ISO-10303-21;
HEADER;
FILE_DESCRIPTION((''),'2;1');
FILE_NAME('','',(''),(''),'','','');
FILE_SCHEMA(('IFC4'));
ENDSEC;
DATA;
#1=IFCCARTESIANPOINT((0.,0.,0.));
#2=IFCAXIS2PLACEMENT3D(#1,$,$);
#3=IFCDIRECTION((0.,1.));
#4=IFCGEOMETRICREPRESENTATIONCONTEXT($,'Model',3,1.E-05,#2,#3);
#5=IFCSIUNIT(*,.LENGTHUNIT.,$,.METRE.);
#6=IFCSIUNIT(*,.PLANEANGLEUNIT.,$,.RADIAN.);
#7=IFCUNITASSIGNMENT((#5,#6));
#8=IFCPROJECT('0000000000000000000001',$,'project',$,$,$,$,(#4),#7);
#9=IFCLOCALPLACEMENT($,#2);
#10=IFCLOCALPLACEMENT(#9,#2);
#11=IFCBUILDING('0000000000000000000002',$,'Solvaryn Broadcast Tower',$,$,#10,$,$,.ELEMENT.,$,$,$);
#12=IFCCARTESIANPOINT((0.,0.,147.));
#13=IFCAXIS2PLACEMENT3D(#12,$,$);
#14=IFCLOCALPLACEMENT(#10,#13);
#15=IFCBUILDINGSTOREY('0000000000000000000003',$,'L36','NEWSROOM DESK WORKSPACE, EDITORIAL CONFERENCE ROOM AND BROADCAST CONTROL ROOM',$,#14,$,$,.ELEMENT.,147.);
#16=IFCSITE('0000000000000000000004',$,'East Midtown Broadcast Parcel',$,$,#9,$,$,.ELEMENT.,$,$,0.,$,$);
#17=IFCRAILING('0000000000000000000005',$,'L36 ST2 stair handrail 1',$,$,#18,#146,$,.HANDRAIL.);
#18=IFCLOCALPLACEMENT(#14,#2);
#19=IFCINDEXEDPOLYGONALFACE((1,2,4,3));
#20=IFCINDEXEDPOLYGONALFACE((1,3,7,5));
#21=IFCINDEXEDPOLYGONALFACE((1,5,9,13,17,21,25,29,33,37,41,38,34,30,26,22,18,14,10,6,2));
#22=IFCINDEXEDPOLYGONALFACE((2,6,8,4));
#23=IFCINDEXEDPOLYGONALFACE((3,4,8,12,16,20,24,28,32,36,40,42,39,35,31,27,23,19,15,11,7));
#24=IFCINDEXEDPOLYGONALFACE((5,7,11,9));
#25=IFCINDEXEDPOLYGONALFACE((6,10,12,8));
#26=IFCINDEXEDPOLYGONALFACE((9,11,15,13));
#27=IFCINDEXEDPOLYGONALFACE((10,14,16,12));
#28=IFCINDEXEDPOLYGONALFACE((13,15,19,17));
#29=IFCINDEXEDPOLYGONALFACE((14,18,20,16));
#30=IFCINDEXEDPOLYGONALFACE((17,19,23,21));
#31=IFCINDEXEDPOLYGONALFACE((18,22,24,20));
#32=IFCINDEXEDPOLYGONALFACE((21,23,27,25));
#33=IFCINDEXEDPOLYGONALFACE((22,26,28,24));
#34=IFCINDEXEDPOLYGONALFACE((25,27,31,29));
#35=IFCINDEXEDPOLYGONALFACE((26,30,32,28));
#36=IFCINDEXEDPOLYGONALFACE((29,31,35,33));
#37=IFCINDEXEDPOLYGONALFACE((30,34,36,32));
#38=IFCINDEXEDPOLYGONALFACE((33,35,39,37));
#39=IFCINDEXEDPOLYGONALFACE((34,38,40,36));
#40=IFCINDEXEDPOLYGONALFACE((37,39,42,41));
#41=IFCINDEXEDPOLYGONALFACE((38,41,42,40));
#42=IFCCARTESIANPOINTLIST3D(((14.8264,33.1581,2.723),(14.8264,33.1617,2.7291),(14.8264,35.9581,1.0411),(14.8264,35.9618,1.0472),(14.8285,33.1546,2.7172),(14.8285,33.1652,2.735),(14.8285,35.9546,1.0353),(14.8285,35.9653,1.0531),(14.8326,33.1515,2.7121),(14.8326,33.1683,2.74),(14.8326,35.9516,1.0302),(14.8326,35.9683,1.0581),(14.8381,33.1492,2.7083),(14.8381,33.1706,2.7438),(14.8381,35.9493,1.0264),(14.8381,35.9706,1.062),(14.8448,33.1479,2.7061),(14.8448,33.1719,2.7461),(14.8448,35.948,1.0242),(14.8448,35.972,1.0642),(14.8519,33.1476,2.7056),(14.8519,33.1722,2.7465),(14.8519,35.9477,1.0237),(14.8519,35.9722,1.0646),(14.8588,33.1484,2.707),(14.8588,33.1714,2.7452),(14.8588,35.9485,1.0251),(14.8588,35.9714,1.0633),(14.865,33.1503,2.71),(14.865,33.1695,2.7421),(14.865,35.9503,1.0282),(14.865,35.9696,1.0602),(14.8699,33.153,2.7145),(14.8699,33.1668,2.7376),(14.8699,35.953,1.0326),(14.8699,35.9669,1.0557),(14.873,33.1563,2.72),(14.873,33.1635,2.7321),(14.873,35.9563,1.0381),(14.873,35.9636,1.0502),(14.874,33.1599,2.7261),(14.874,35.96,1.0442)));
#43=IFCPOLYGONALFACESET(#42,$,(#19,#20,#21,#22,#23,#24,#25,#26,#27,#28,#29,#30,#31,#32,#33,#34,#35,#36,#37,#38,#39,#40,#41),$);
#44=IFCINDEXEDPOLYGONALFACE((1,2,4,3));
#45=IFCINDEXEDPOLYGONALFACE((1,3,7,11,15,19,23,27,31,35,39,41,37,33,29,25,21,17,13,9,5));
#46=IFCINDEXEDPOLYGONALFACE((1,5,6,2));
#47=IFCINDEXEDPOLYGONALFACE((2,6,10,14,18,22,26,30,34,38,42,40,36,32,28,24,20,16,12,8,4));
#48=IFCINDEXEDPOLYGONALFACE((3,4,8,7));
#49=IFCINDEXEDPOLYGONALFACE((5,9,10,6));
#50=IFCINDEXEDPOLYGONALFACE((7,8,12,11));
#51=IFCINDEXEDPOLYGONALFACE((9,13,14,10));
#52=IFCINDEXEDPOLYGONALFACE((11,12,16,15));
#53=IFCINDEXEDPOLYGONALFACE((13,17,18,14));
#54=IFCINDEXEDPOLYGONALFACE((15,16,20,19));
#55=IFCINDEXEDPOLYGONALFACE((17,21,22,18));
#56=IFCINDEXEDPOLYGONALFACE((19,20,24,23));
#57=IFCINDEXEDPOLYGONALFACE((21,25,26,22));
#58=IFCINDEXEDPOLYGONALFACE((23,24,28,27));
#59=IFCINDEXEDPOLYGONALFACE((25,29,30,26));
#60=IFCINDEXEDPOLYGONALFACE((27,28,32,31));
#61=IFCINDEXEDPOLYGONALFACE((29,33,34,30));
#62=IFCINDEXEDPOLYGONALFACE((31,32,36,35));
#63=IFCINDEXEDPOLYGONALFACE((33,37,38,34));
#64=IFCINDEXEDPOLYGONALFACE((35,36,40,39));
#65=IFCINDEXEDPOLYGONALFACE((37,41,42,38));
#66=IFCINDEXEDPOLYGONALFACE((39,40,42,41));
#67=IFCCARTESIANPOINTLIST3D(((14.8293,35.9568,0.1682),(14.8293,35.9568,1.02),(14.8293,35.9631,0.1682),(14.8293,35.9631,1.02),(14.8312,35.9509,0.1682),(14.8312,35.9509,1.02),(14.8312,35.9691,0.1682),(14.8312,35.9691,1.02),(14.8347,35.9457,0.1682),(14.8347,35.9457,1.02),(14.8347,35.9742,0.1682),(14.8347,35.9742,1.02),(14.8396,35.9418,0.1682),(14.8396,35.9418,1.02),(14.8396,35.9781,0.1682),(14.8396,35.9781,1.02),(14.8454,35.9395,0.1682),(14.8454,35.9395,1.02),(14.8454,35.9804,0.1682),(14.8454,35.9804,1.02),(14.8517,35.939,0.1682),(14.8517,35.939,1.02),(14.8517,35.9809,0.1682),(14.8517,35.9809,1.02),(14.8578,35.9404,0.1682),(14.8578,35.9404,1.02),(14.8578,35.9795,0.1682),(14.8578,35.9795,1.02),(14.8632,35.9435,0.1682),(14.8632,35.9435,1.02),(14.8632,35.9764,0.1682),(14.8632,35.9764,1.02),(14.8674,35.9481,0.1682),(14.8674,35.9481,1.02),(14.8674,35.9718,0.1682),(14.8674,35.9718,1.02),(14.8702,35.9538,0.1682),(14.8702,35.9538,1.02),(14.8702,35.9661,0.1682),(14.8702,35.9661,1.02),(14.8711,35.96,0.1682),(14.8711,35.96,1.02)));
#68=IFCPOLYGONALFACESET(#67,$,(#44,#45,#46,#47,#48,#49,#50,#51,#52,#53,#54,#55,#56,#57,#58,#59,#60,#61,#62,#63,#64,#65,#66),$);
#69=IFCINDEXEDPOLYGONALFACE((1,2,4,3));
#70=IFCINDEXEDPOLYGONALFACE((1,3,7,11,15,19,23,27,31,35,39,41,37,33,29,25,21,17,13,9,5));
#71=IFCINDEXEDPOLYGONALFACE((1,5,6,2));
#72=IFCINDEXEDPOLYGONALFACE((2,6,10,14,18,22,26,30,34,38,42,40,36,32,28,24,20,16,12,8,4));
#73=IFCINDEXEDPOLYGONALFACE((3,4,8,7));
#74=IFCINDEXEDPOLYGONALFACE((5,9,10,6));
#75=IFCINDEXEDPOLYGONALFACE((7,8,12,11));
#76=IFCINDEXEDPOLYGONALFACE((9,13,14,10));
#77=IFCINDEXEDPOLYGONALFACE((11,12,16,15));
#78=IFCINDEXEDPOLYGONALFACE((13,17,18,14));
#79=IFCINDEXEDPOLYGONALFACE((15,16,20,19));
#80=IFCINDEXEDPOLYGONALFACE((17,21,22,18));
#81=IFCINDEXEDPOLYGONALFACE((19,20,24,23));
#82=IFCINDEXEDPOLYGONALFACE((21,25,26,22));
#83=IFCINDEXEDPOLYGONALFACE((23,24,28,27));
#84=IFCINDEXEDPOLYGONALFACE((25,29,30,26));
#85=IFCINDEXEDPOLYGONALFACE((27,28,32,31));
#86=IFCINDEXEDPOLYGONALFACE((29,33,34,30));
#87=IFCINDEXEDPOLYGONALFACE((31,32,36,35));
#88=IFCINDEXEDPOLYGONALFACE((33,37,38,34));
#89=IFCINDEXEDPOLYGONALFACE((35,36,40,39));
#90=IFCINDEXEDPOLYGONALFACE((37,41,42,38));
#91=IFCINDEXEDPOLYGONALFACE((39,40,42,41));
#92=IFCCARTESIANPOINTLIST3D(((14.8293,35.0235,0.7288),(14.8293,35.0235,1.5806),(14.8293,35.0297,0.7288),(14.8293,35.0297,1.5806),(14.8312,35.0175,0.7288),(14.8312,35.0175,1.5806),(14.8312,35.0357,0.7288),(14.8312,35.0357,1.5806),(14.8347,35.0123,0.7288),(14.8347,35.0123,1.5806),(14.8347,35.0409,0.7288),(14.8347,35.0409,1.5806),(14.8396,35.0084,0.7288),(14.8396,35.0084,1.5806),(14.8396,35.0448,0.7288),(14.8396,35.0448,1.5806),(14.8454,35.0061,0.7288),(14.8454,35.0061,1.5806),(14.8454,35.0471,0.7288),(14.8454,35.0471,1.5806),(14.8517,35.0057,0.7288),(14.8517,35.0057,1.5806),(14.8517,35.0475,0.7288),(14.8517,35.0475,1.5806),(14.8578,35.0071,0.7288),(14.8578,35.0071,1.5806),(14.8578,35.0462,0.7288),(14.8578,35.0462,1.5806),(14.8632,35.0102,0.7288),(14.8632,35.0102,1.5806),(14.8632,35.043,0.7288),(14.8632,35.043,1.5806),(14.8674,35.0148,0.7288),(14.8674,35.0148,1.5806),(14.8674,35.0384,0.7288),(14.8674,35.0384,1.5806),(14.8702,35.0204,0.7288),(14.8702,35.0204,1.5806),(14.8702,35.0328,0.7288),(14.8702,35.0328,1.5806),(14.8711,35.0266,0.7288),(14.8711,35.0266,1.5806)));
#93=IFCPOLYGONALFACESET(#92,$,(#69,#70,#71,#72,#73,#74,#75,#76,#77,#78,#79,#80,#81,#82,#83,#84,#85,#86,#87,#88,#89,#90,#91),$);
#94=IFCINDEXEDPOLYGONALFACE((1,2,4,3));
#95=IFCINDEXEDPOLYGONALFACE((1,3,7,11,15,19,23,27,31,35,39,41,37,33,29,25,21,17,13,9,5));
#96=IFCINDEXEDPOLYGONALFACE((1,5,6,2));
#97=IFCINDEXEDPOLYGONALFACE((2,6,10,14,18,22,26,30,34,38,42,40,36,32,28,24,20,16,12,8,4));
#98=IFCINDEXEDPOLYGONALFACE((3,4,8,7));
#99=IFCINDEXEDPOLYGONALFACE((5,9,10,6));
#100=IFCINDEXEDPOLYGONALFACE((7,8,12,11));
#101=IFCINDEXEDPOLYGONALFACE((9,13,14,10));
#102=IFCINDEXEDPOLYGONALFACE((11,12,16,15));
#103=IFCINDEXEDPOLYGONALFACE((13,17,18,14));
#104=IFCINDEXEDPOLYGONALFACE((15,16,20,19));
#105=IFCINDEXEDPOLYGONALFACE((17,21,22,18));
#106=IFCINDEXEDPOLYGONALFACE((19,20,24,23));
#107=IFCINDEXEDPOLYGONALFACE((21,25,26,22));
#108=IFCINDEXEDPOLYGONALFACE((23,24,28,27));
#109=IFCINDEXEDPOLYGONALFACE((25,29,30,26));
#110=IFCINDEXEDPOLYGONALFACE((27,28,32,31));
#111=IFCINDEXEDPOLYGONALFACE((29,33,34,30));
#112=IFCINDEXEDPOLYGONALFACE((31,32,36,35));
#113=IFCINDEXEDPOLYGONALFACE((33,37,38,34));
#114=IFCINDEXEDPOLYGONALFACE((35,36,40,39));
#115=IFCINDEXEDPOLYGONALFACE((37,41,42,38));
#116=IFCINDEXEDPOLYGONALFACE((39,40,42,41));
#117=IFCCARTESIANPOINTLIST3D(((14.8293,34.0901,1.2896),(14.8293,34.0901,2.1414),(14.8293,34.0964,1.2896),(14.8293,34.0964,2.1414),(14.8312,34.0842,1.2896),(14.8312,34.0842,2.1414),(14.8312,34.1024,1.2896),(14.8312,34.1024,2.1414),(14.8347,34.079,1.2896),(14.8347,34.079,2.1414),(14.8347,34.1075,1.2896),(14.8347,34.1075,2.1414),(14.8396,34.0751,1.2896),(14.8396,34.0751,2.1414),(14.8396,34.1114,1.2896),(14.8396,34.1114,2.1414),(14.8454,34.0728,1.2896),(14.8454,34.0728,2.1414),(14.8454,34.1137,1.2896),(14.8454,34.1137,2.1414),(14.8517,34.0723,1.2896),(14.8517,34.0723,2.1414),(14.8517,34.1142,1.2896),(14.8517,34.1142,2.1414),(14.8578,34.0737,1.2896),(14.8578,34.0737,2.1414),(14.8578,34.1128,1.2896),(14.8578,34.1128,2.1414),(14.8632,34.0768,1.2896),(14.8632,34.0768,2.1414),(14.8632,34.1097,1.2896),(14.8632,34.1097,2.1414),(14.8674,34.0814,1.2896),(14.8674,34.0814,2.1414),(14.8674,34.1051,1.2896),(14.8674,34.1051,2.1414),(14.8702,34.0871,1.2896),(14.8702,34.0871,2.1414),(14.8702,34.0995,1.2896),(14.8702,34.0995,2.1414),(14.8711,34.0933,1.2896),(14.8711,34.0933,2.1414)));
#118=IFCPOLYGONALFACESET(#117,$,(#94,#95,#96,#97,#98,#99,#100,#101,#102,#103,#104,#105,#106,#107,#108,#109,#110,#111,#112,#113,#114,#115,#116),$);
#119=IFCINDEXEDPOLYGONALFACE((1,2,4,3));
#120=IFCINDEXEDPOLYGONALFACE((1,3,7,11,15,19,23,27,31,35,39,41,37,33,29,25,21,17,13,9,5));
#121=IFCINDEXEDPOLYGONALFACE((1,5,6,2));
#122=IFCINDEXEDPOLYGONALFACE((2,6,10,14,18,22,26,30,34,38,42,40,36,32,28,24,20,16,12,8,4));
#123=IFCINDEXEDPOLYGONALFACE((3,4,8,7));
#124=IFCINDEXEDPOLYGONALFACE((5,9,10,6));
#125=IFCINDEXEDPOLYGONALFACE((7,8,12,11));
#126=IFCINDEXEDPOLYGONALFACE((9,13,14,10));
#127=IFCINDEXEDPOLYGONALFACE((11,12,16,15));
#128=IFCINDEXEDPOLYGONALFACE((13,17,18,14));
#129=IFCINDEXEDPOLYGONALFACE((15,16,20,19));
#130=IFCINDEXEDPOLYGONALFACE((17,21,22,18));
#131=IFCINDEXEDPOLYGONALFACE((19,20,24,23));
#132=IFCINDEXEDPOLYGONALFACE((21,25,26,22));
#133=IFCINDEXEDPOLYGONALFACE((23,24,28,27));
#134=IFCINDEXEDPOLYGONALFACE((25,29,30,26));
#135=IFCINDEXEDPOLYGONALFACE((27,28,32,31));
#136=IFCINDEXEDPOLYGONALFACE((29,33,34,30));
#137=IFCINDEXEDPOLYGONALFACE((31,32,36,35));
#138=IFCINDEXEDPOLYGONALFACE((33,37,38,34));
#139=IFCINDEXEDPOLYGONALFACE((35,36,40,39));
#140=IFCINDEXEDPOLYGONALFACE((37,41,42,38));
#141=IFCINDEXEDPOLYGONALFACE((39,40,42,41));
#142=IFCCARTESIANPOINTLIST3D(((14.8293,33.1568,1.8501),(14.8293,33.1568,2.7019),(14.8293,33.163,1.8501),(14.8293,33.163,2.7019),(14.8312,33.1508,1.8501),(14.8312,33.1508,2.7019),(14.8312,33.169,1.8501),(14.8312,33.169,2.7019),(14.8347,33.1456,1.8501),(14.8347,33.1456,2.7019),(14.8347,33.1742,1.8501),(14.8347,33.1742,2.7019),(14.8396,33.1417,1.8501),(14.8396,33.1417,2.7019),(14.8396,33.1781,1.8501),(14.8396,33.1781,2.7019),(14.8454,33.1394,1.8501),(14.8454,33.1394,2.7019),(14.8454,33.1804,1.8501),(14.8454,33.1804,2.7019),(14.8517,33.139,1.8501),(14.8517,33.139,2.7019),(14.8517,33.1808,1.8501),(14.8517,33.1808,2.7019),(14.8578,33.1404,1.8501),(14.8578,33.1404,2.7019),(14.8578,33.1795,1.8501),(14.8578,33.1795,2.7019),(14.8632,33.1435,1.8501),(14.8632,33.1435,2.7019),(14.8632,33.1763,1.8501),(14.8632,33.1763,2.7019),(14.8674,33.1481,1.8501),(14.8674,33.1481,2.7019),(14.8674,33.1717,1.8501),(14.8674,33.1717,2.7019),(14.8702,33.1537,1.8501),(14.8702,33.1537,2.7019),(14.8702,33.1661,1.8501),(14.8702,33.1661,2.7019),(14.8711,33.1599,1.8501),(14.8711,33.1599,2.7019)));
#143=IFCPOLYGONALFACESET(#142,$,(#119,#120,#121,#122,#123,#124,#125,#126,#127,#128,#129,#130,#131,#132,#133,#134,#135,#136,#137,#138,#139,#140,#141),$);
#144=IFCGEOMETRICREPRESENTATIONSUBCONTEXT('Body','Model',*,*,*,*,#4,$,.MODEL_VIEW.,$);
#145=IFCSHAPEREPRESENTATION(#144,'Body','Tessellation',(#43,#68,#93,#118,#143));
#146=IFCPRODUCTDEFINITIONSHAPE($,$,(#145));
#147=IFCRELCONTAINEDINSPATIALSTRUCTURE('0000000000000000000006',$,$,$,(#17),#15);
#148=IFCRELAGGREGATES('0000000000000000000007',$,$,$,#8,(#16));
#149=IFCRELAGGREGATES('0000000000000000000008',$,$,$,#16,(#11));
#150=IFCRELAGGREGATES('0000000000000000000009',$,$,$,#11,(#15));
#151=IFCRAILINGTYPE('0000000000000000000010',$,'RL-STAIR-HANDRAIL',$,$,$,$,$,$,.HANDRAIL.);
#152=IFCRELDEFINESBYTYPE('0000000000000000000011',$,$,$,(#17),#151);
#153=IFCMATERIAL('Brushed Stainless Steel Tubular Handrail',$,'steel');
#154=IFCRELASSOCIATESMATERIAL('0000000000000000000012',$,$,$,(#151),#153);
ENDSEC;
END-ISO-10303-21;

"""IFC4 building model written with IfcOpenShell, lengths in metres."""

from ifc_helpers import new_model, si_unit, direction, frame, origin, origin_2d, place, context, subcontext, project, spatial, circle, extrude, material, type_object, element, save


model = new_model("IFC4")

# Units and contexts
model_context = context("Model", 3, precision=1e-05, world=origin(), true_north=direction((0.0, 1.0)))
body_context = subcontext(model_context, "Body", "Model", "MODEL_VIEW")
ifc_project = project(units=[si_unit("LENGTHUNIT", "METRE"), si_unit("PLANEANGLEUNIT", "RADIAN")], contexts=[model_context])

# Site, building, storey
site_placement = place(None, origin())
site = spatial("IfcSite", under=ifc_project, at=site_placement, Name="East Midtown Broadcast Parcel", CompositionType="ELEMENT", RefElevation=0.0)
building_placement = place(site_placement, origin())
building = spatial("IfcBuilding", under=site, at=building_placement, Name="Solvaryn Broadcast Tower", CompositionType="ELEMENT")
storey_placement = place(building_placement, frame((0.0, 0.0, 147.0)))
storey = spatial("IfcBuildingStorey", under=building, at=storey_placement, Name="L36", Description="NEWSROOM DESK WORKSPACE, EDITORIAL CONFERENCE ROOM AND BROADCAST CONTROL ROOM", CompositionType="ELEMENT", Elevation=147.0)

# Railing
ifc_material_1 = material(Name="Brushed Stainless Steel Tubular Handrail", Category="steel")
railing_type_1 = type_object("IfcRailingType", Name="RL-STAIR-HANDRAIL", PredefinedType="HANDRAIL", material=ifc_material_1)
railing_1_placement = place(storey_placement, frame((14.8501, 35.96, 0.1682)))
element("IfcRailing", 1, at=railing_1_placement, inside=storey, type_object=railing_type_1, Name="L36 ST2 stair handrail 1", PredefinedType="HANDRAIL", context=body_context, shape_type="SweptSolid", body=[
    extrude(circle(Radius=0.0239, at=origin_2d()), frame((0.0, 0.0, 0.876), z_axis=(0.0, -0.857242, 0.514913), x_axis=(1.0, 0.0, 0.0)), (0.0, 0.0, 1.0), 3.2664),
    extrude(circle(Radius=0.021, at=origin_2d()), origin(), (0.0, 0.0, 1.0), 0.8518),
    extrude(circle(Radius=0.021, at=origin_2d()), frame((0.0, -0.9333, 0.5605)), (0.0, 0.0, 1.0), 0.8518),
    extrude(circle(Radius=0.021, at=origin_2d()), frame((0.0, -1.8667, 1.1213)), (0.0, 0.0, 1.0), 0.8518),
    extrude(circle(Radius=0.021, at=origin_2d()), frame((0.0, -2.8, 1.6819)), (0.0, 0.0, 1.0), 0.8518),
])

save(model, "model.ifc")
